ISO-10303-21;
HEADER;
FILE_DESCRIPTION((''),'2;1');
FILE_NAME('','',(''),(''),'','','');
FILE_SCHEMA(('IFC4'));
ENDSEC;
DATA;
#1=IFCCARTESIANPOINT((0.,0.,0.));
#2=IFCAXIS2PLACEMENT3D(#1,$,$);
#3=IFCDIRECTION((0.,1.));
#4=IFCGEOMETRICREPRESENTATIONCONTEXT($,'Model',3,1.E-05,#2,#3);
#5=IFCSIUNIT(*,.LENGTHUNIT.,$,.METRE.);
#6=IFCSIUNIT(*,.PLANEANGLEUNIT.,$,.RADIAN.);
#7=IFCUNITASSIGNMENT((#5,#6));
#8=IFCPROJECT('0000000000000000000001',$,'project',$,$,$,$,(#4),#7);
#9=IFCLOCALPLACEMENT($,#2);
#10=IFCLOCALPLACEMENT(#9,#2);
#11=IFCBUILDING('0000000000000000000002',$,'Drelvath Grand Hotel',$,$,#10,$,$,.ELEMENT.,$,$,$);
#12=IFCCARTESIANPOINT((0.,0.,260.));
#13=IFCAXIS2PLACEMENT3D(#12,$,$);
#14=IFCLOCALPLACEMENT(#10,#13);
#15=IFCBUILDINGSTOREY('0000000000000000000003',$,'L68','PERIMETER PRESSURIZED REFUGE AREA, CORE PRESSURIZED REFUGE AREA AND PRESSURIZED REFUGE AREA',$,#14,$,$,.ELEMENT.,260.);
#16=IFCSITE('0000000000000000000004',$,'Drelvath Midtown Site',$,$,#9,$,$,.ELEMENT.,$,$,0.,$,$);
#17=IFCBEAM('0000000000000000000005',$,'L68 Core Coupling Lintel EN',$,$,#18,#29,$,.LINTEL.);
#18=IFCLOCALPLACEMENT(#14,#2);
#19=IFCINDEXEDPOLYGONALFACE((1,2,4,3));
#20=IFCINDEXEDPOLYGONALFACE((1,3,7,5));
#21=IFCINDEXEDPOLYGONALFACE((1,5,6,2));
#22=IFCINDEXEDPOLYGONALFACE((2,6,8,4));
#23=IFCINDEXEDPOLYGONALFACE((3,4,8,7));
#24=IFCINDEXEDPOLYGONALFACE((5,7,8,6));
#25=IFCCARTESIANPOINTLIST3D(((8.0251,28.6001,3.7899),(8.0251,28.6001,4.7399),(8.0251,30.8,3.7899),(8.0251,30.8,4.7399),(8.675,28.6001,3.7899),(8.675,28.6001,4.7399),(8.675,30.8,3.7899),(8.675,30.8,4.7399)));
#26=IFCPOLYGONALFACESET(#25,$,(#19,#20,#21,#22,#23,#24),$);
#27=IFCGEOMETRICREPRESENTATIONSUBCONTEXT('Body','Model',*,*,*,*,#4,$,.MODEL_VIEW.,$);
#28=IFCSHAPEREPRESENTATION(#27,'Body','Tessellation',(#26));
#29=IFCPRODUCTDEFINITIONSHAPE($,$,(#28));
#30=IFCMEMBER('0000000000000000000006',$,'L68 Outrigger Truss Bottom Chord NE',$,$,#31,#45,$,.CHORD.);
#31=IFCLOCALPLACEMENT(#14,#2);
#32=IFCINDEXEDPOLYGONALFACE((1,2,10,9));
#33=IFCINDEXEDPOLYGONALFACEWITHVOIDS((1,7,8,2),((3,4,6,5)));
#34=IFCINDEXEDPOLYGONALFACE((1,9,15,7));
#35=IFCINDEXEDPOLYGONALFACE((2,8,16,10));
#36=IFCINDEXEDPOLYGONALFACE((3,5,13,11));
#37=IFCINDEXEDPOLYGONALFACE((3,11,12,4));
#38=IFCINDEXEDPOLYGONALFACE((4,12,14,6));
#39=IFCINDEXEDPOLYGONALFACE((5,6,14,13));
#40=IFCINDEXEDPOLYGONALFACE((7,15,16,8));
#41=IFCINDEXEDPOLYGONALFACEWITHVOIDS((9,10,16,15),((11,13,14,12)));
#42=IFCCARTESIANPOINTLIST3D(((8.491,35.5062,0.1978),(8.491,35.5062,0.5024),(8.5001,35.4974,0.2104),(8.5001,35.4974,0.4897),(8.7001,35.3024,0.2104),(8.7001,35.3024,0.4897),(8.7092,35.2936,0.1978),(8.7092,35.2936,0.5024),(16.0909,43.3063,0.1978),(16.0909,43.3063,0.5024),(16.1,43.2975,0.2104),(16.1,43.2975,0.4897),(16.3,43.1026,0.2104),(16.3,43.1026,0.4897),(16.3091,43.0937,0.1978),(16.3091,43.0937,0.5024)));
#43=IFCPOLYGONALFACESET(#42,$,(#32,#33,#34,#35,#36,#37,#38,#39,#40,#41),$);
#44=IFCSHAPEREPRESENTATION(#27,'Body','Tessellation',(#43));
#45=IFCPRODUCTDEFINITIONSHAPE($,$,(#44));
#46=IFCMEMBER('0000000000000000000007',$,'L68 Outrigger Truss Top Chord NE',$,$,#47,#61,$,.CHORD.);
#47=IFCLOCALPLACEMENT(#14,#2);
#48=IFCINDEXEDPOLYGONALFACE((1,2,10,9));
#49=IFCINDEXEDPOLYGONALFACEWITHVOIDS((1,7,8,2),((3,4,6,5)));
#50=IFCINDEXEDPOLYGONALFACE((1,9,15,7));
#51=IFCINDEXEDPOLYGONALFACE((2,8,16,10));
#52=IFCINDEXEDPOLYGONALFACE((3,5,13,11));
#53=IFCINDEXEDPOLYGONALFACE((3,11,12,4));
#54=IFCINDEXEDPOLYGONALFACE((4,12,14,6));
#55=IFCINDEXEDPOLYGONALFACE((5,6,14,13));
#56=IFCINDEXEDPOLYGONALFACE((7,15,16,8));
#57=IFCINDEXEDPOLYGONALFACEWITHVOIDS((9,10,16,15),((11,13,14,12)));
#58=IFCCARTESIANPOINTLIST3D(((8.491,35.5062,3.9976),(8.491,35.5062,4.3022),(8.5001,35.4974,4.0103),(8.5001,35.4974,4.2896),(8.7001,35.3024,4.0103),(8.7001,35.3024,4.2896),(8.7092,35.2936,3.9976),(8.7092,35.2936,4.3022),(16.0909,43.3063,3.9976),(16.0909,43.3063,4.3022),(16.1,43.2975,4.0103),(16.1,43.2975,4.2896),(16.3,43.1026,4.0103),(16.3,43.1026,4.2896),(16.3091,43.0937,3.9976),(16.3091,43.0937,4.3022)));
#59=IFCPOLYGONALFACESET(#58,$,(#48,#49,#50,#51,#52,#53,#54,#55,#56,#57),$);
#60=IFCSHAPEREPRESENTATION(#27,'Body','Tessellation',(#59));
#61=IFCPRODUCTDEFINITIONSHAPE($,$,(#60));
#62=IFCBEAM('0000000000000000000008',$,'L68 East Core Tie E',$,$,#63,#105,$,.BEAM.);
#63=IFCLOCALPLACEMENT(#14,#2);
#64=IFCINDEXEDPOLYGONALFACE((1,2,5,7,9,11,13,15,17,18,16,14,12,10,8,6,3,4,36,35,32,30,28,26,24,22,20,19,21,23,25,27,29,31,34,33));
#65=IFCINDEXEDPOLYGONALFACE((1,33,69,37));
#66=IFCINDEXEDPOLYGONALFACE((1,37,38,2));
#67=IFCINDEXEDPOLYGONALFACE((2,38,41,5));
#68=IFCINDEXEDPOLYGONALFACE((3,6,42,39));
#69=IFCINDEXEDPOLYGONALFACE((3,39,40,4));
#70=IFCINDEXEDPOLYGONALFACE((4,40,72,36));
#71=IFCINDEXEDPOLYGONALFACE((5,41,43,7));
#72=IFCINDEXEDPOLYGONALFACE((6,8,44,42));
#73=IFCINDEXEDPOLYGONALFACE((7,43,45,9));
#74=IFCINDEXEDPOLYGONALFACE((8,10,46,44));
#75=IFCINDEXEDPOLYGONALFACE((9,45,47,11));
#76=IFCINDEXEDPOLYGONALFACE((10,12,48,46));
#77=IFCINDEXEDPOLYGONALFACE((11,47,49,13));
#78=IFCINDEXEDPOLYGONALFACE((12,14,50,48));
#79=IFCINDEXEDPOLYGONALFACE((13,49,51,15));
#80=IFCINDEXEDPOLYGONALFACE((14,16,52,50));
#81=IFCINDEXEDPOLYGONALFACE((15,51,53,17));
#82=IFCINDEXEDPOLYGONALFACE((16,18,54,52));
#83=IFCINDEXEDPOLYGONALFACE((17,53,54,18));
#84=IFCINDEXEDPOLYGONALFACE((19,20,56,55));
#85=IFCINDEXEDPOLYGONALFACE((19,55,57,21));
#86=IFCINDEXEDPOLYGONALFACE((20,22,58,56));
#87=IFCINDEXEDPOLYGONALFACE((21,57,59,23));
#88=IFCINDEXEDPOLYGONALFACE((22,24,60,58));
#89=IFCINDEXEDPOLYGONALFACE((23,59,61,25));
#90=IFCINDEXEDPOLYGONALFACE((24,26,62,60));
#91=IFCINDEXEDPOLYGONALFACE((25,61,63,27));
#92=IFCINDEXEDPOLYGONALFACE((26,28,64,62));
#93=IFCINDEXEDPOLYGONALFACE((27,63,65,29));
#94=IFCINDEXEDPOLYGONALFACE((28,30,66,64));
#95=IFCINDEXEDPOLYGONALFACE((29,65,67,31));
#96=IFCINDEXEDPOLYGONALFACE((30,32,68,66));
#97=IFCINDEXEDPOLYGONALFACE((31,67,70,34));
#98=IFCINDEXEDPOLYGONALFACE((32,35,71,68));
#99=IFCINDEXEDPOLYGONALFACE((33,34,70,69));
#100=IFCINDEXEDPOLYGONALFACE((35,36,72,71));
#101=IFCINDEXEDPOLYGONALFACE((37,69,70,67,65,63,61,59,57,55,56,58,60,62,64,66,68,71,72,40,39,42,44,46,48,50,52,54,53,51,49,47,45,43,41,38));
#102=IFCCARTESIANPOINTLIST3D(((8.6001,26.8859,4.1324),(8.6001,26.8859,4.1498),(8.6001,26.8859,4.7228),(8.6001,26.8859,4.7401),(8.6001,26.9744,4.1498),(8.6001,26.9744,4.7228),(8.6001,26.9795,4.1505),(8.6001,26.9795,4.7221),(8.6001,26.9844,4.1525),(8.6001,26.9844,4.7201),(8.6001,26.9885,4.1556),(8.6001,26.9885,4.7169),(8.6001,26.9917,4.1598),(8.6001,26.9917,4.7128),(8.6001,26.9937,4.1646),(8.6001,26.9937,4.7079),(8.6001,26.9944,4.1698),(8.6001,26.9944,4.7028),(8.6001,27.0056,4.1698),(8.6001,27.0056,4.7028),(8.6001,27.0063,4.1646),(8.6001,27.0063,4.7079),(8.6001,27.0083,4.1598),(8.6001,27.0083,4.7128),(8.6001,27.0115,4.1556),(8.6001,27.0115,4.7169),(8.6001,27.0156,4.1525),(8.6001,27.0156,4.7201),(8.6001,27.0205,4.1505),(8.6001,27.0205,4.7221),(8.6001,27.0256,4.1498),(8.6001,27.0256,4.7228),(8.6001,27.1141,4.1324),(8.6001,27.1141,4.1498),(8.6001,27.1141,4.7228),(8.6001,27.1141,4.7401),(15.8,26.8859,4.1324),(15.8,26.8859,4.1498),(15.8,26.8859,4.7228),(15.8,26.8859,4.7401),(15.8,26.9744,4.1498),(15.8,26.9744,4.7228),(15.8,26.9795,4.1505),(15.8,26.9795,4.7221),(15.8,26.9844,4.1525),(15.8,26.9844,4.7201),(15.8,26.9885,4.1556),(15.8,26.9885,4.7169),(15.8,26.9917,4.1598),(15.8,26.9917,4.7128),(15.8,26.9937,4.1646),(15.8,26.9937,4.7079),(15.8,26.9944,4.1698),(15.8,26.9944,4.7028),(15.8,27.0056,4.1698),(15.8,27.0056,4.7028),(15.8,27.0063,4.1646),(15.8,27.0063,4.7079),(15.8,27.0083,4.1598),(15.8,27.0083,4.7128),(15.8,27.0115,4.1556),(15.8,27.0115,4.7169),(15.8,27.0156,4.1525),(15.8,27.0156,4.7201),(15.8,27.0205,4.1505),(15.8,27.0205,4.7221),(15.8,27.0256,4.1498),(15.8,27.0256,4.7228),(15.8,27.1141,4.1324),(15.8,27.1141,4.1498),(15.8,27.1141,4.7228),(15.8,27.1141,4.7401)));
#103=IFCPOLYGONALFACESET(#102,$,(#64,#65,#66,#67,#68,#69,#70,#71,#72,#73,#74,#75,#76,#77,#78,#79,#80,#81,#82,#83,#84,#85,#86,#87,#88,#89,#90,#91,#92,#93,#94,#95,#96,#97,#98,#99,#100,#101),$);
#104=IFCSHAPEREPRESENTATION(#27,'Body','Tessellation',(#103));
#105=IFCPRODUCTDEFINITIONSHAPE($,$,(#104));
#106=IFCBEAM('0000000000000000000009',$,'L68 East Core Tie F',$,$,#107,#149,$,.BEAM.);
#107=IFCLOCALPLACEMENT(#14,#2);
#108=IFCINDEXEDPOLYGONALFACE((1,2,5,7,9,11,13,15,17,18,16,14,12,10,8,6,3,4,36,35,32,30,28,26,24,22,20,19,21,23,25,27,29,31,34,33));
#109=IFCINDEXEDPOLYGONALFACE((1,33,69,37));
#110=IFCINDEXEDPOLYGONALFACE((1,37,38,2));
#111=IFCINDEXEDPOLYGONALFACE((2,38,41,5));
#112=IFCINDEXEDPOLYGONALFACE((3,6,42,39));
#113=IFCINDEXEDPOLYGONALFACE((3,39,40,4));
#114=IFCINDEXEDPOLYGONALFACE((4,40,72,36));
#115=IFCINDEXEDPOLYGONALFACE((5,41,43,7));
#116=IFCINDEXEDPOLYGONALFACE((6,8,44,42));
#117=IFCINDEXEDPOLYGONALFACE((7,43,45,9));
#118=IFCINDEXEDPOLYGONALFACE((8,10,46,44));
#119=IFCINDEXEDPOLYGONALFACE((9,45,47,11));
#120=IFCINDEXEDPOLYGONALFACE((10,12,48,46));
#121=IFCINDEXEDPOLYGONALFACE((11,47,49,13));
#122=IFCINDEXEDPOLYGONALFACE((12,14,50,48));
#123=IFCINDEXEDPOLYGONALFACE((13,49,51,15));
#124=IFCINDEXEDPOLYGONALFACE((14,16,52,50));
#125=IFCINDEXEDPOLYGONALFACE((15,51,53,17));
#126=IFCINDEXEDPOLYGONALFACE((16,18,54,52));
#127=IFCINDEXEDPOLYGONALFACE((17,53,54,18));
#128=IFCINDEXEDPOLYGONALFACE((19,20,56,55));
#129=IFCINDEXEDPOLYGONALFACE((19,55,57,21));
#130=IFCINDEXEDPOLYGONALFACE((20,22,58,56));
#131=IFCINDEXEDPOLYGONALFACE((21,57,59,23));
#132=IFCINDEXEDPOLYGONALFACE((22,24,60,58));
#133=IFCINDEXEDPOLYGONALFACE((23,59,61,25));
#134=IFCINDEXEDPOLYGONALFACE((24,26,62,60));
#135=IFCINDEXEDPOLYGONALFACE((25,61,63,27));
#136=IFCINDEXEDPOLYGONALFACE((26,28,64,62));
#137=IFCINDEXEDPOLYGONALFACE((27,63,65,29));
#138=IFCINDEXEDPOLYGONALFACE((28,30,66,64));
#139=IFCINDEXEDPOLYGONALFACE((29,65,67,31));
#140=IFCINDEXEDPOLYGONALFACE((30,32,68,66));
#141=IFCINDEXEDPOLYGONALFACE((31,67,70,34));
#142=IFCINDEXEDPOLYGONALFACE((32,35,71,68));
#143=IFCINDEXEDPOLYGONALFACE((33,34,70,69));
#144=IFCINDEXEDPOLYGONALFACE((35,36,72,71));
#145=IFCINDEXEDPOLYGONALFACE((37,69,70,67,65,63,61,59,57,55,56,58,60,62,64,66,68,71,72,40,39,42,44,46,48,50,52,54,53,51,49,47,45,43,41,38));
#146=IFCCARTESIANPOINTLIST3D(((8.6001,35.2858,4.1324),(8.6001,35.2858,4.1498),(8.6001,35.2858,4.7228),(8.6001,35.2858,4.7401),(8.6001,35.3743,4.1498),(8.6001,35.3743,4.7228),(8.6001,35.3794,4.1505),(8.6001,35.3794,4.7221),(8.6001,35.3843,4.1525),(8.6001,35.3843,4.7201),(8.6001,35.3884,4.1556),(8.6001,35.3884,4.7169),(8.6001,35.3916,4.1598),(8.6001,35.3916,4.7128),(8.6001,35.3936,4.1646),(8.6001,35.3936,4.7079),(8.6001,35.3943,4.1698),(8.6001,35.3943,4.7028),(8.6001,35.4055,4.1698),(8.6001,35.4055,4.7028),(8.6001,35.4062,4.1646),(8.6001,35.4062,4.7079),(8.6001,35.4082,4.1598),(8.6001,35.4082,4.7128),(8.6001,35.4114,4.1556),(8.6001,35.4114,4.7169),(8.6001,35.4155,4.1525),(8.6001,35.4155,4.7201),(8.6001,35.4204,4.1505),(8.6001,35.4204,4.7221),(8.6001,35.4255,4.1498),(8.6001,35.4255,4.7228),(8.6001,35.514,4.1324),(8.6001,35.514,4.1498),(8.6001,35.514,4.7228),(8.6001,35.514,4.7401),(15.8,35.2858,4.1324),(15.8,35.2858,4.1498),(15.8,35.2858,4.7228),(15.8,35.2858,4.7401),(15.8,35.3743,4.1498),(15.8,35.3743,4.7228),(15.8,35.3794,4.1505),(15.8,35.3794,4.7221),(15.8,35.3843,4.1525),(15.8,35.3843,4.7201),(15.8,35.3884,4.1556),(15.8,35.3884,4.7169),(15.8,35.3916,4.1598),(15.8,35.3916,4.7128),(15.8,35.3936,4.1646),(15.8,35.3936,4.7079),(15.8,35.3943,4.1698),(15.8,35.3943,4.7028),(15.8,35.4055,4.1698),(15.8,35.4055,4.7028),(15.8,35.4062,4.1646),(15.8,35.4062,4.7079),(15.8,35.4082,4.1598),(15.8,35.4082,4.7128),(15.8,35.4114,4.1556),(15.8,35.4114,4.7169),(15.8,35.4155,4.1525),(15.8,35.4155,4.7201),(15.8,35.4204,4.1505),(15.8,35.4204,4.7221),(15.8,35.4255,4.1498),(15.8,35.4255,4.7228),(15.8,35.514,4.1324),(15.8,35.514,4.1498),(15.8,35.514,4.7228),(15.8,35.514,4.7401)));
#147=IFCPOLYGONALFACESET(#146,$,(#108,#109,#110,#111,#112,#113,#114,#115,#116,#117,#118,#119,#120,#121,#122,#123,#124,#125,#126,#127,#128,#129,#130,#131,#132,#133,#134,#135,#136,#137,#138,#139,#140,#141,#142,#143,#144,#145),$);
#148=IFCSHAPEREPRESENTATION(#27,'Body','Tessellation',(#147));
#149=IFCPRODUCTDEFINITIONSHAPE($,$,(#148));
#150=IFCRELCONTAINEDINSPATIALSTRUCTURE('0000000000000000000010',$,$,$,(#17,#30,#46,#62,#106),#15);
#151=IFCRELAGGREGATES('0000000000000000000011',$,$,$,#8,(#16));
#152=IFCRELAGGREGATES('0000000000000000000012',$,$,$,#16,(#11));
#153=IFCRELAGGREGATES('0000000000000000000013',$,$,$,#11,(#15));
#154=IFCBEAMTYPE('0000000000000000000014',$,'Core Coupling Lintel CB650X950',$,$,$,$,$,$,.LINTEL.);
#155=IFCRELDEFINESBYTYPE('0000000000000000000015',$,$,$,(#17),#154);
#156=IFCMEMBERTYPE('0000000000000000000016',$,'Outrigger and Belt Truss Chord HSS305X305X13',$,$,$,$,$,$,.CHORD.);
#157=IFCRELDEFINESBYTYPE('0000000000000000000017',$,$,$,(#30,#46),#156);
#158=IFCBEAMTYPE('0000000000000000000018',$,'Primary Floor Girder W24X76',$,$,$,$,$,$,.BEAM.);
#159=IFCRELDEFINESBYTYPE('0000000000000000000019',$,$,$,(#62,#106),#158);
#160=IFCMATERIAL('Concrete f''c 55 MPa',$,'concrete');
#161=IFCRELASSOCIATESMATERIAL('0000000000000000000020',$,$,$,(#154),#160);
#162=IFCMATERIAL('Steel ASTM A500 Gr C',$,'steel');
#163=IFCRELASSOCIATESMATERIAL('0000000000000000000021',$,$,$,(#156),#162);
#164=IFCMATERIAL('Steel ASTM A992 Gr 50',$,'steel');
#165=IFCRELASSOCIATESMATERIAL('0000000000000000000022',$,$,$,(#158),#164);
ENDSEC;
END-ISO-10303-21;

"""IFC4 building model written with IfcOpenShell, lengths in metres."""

from ifc_helpers import new_model, si_unit, direction, frame, origin, origin_2d, place, context, subcontext, project, spatial, rectangle, hollow_rectangle, i_section, extrude, material, material_profile, profile_set, type_object, element, save


model = new_model("IFC4")

# Units and contexts
model_context = context("Model", 3, precision=1e-05, world=origin(), true_north=direction((0.0, 1.0)))
body_context = subcontext(model_context, "Body", "Model", "MODEL_VIEW")
ifc_project = project(units=[si_unit("LENGTHUNIT", "METRE"), si_unit("PLANEANGLEUNIT", "RADIAN")], contexts=[model_context])

# Site, building, storey
site_placement = place(None, origin())
site = spatial("IfcSite", under=ifc_project, at=site_placement, Name="Drelvath Midtown Site", CompositionType="ELEMENT", RefElevation=0.0)
building_placement = place(site_placement, origin())
building = spatial("IfcBuilding", under=site, at=building_placement, Name="Drelvath Grand Hotel", CompositionType="ELEMENT")
storey_placement = place(building_placement, frame((0.0, 0.0, 260.0)))
storey = spatial("IfcBuildingStorey", under=building, at=storey_placement, Name="L68", Description="PERIMETER PRESSURIZED REFUGE AREA, CORE PRESSURIZED REFUGE AREA AND PRESSURIZED REFUGE AREA", CompositionType="ELEMENT", Elevation=260.0)

# Beam
ifc_material_1 = material(Name="Concrete f'c 55 MPa", Category="concrete")
ifc_material_profile_1 = material_profile(ifc_material_1, rectangle(XDim=0.6499, YDim=0.95, at=origin_2d()), Name="CB650X950")
ifc_profile_set_1 = profile_set([ifc_material_profile_1], Name="Concrete f'c 55 MPa")
beam_type_1 = type_object("IfcBeamType", Name="Core Coupling Lintel CB650X950", PredefinedType="LINTEL", material=ifc_profile_set_1)
beam_placement = place(storey_placement, frame((8.3501, 28.6001, 4.2649), z_axis=(0.0, 1.0, 0.0), x_axis=(-1.0, 0.0, 0.0)))
element("IfcBeam", 1, at=beam_placement, inside=storey, type_object=beam_type_1, Name="L68 Core Coupling Lintel EN", PredefinedType="LINTEL", context=body_context, shape_type="SweptSolid", body=[
    extrude(rectangle(XDim=0.6499, YDim=0.95, at=origin_2d()), origin(), (0.0, 0.0, 1.0), 2.2),
])

# Members
ifc_material_2 = material(Name="Steel ASTM A500 Gr C", Category="steel")
ifc_material_profile_2 = material_profile(ifc_material_2, hollow_rectangle(XDim=0.3047, YDim=0.3047, WallThickness=0.0127, at=origin_2d()), Name="HSS305X305X13")
ifc_profile_set_2 = profile_set([ifc_material_profile_2], Name="Steel ASTM A500 Gr C")
member_type = type_object("IfcMemberType", Name="Outrigger and Belt Truss Chord HSS305X305X13", PredefinedType="CHORD", material=ifc_profile_set_2)
for number, where, z_axis, x_axis, name in (
    (2, (8.6001, 35.3999, 0.3501), (0.697856, 0.716238, 0.0), (-0.716238, 0.697856, 0.0), "L68 Outrigger Truss Bottom Chord NE"),
    (3, (8.6001, 35.3999, 4.1499), (0.697856, 0.716238, 0.0), (-0.716238, 0.697856, 0.0), "L68 Outrigger Truss Top Chord NE"),
):
    element("IfcMember", number, at=place(storey_placement, frame(where, z_axis=z_axis, x_axis=x_axis)), inside=storey, type_object=member_type, Name=name, PredefinedType="CHORD", context=body_context, shape_type="SweptSolid", body=[
        extrude(hollow_rectangle(XDim=0.3047, YDim=0.3047, WallThickness=0.0127, at=origin_2d()), origin(), (0.0, 0.0, 1.0), 10.8904),
    ])

# Beams
ifc_material_3 = material(Name="Steel ASTM A992 Gr 50", Category="steel")
ifc_material_profile_3 = material_profile(ifc_material_3, i_section(OverallWidth=0.2283, OverallDepth=0.6077, WebThickness=0.0112, FlangeThickness=0.0173, FilletRadius=0.02, at=origin_2d()), Name="W24X76")
ifc_profile_set_3 = profile_set([ifc_material_profile_3], Name="Steel ASTM A992 Gr 50")
beam_type_2 = type_object("IfcBeamType", Name="Primary Floor Girder W24X76", PredefinedType="BEAM", material=ifc_profile_set_3)
for number, where, z_axis, x_axis, name in (
    (4, (8.6001, 27.0, 4.4363), (1.0, 0.0, 0.0), (0.0, 1.0, 0.0), "L68 East Core Tie E"),
    (5, (8.6001, 35.3999, 4.4363), (1.0, 0.0, 0.0), (0.0, 1.0, 0.0), "L68 East Core Tie F"),
):
    element("IfcBeam", number, at=place(storey_placement, frame(where, z_axis=z_axis, x_axis=x_axis)), inside=storey, type_object=beam_type_2, Name=name, PredefinedType="BEAM", context=body_context, shape_type="SweptSolid", body=[
        extrude(i_section(OverallWidth=0.2283, OverallDepth=0.6077, WebThickness=0.0112, FlangeThickness=0.0173, FilletRadius=0.02, at=origin_2d()), origin(), (0.0, 0.0, 1.0), 7.2),
    ])

save(model, "model.ifc")
